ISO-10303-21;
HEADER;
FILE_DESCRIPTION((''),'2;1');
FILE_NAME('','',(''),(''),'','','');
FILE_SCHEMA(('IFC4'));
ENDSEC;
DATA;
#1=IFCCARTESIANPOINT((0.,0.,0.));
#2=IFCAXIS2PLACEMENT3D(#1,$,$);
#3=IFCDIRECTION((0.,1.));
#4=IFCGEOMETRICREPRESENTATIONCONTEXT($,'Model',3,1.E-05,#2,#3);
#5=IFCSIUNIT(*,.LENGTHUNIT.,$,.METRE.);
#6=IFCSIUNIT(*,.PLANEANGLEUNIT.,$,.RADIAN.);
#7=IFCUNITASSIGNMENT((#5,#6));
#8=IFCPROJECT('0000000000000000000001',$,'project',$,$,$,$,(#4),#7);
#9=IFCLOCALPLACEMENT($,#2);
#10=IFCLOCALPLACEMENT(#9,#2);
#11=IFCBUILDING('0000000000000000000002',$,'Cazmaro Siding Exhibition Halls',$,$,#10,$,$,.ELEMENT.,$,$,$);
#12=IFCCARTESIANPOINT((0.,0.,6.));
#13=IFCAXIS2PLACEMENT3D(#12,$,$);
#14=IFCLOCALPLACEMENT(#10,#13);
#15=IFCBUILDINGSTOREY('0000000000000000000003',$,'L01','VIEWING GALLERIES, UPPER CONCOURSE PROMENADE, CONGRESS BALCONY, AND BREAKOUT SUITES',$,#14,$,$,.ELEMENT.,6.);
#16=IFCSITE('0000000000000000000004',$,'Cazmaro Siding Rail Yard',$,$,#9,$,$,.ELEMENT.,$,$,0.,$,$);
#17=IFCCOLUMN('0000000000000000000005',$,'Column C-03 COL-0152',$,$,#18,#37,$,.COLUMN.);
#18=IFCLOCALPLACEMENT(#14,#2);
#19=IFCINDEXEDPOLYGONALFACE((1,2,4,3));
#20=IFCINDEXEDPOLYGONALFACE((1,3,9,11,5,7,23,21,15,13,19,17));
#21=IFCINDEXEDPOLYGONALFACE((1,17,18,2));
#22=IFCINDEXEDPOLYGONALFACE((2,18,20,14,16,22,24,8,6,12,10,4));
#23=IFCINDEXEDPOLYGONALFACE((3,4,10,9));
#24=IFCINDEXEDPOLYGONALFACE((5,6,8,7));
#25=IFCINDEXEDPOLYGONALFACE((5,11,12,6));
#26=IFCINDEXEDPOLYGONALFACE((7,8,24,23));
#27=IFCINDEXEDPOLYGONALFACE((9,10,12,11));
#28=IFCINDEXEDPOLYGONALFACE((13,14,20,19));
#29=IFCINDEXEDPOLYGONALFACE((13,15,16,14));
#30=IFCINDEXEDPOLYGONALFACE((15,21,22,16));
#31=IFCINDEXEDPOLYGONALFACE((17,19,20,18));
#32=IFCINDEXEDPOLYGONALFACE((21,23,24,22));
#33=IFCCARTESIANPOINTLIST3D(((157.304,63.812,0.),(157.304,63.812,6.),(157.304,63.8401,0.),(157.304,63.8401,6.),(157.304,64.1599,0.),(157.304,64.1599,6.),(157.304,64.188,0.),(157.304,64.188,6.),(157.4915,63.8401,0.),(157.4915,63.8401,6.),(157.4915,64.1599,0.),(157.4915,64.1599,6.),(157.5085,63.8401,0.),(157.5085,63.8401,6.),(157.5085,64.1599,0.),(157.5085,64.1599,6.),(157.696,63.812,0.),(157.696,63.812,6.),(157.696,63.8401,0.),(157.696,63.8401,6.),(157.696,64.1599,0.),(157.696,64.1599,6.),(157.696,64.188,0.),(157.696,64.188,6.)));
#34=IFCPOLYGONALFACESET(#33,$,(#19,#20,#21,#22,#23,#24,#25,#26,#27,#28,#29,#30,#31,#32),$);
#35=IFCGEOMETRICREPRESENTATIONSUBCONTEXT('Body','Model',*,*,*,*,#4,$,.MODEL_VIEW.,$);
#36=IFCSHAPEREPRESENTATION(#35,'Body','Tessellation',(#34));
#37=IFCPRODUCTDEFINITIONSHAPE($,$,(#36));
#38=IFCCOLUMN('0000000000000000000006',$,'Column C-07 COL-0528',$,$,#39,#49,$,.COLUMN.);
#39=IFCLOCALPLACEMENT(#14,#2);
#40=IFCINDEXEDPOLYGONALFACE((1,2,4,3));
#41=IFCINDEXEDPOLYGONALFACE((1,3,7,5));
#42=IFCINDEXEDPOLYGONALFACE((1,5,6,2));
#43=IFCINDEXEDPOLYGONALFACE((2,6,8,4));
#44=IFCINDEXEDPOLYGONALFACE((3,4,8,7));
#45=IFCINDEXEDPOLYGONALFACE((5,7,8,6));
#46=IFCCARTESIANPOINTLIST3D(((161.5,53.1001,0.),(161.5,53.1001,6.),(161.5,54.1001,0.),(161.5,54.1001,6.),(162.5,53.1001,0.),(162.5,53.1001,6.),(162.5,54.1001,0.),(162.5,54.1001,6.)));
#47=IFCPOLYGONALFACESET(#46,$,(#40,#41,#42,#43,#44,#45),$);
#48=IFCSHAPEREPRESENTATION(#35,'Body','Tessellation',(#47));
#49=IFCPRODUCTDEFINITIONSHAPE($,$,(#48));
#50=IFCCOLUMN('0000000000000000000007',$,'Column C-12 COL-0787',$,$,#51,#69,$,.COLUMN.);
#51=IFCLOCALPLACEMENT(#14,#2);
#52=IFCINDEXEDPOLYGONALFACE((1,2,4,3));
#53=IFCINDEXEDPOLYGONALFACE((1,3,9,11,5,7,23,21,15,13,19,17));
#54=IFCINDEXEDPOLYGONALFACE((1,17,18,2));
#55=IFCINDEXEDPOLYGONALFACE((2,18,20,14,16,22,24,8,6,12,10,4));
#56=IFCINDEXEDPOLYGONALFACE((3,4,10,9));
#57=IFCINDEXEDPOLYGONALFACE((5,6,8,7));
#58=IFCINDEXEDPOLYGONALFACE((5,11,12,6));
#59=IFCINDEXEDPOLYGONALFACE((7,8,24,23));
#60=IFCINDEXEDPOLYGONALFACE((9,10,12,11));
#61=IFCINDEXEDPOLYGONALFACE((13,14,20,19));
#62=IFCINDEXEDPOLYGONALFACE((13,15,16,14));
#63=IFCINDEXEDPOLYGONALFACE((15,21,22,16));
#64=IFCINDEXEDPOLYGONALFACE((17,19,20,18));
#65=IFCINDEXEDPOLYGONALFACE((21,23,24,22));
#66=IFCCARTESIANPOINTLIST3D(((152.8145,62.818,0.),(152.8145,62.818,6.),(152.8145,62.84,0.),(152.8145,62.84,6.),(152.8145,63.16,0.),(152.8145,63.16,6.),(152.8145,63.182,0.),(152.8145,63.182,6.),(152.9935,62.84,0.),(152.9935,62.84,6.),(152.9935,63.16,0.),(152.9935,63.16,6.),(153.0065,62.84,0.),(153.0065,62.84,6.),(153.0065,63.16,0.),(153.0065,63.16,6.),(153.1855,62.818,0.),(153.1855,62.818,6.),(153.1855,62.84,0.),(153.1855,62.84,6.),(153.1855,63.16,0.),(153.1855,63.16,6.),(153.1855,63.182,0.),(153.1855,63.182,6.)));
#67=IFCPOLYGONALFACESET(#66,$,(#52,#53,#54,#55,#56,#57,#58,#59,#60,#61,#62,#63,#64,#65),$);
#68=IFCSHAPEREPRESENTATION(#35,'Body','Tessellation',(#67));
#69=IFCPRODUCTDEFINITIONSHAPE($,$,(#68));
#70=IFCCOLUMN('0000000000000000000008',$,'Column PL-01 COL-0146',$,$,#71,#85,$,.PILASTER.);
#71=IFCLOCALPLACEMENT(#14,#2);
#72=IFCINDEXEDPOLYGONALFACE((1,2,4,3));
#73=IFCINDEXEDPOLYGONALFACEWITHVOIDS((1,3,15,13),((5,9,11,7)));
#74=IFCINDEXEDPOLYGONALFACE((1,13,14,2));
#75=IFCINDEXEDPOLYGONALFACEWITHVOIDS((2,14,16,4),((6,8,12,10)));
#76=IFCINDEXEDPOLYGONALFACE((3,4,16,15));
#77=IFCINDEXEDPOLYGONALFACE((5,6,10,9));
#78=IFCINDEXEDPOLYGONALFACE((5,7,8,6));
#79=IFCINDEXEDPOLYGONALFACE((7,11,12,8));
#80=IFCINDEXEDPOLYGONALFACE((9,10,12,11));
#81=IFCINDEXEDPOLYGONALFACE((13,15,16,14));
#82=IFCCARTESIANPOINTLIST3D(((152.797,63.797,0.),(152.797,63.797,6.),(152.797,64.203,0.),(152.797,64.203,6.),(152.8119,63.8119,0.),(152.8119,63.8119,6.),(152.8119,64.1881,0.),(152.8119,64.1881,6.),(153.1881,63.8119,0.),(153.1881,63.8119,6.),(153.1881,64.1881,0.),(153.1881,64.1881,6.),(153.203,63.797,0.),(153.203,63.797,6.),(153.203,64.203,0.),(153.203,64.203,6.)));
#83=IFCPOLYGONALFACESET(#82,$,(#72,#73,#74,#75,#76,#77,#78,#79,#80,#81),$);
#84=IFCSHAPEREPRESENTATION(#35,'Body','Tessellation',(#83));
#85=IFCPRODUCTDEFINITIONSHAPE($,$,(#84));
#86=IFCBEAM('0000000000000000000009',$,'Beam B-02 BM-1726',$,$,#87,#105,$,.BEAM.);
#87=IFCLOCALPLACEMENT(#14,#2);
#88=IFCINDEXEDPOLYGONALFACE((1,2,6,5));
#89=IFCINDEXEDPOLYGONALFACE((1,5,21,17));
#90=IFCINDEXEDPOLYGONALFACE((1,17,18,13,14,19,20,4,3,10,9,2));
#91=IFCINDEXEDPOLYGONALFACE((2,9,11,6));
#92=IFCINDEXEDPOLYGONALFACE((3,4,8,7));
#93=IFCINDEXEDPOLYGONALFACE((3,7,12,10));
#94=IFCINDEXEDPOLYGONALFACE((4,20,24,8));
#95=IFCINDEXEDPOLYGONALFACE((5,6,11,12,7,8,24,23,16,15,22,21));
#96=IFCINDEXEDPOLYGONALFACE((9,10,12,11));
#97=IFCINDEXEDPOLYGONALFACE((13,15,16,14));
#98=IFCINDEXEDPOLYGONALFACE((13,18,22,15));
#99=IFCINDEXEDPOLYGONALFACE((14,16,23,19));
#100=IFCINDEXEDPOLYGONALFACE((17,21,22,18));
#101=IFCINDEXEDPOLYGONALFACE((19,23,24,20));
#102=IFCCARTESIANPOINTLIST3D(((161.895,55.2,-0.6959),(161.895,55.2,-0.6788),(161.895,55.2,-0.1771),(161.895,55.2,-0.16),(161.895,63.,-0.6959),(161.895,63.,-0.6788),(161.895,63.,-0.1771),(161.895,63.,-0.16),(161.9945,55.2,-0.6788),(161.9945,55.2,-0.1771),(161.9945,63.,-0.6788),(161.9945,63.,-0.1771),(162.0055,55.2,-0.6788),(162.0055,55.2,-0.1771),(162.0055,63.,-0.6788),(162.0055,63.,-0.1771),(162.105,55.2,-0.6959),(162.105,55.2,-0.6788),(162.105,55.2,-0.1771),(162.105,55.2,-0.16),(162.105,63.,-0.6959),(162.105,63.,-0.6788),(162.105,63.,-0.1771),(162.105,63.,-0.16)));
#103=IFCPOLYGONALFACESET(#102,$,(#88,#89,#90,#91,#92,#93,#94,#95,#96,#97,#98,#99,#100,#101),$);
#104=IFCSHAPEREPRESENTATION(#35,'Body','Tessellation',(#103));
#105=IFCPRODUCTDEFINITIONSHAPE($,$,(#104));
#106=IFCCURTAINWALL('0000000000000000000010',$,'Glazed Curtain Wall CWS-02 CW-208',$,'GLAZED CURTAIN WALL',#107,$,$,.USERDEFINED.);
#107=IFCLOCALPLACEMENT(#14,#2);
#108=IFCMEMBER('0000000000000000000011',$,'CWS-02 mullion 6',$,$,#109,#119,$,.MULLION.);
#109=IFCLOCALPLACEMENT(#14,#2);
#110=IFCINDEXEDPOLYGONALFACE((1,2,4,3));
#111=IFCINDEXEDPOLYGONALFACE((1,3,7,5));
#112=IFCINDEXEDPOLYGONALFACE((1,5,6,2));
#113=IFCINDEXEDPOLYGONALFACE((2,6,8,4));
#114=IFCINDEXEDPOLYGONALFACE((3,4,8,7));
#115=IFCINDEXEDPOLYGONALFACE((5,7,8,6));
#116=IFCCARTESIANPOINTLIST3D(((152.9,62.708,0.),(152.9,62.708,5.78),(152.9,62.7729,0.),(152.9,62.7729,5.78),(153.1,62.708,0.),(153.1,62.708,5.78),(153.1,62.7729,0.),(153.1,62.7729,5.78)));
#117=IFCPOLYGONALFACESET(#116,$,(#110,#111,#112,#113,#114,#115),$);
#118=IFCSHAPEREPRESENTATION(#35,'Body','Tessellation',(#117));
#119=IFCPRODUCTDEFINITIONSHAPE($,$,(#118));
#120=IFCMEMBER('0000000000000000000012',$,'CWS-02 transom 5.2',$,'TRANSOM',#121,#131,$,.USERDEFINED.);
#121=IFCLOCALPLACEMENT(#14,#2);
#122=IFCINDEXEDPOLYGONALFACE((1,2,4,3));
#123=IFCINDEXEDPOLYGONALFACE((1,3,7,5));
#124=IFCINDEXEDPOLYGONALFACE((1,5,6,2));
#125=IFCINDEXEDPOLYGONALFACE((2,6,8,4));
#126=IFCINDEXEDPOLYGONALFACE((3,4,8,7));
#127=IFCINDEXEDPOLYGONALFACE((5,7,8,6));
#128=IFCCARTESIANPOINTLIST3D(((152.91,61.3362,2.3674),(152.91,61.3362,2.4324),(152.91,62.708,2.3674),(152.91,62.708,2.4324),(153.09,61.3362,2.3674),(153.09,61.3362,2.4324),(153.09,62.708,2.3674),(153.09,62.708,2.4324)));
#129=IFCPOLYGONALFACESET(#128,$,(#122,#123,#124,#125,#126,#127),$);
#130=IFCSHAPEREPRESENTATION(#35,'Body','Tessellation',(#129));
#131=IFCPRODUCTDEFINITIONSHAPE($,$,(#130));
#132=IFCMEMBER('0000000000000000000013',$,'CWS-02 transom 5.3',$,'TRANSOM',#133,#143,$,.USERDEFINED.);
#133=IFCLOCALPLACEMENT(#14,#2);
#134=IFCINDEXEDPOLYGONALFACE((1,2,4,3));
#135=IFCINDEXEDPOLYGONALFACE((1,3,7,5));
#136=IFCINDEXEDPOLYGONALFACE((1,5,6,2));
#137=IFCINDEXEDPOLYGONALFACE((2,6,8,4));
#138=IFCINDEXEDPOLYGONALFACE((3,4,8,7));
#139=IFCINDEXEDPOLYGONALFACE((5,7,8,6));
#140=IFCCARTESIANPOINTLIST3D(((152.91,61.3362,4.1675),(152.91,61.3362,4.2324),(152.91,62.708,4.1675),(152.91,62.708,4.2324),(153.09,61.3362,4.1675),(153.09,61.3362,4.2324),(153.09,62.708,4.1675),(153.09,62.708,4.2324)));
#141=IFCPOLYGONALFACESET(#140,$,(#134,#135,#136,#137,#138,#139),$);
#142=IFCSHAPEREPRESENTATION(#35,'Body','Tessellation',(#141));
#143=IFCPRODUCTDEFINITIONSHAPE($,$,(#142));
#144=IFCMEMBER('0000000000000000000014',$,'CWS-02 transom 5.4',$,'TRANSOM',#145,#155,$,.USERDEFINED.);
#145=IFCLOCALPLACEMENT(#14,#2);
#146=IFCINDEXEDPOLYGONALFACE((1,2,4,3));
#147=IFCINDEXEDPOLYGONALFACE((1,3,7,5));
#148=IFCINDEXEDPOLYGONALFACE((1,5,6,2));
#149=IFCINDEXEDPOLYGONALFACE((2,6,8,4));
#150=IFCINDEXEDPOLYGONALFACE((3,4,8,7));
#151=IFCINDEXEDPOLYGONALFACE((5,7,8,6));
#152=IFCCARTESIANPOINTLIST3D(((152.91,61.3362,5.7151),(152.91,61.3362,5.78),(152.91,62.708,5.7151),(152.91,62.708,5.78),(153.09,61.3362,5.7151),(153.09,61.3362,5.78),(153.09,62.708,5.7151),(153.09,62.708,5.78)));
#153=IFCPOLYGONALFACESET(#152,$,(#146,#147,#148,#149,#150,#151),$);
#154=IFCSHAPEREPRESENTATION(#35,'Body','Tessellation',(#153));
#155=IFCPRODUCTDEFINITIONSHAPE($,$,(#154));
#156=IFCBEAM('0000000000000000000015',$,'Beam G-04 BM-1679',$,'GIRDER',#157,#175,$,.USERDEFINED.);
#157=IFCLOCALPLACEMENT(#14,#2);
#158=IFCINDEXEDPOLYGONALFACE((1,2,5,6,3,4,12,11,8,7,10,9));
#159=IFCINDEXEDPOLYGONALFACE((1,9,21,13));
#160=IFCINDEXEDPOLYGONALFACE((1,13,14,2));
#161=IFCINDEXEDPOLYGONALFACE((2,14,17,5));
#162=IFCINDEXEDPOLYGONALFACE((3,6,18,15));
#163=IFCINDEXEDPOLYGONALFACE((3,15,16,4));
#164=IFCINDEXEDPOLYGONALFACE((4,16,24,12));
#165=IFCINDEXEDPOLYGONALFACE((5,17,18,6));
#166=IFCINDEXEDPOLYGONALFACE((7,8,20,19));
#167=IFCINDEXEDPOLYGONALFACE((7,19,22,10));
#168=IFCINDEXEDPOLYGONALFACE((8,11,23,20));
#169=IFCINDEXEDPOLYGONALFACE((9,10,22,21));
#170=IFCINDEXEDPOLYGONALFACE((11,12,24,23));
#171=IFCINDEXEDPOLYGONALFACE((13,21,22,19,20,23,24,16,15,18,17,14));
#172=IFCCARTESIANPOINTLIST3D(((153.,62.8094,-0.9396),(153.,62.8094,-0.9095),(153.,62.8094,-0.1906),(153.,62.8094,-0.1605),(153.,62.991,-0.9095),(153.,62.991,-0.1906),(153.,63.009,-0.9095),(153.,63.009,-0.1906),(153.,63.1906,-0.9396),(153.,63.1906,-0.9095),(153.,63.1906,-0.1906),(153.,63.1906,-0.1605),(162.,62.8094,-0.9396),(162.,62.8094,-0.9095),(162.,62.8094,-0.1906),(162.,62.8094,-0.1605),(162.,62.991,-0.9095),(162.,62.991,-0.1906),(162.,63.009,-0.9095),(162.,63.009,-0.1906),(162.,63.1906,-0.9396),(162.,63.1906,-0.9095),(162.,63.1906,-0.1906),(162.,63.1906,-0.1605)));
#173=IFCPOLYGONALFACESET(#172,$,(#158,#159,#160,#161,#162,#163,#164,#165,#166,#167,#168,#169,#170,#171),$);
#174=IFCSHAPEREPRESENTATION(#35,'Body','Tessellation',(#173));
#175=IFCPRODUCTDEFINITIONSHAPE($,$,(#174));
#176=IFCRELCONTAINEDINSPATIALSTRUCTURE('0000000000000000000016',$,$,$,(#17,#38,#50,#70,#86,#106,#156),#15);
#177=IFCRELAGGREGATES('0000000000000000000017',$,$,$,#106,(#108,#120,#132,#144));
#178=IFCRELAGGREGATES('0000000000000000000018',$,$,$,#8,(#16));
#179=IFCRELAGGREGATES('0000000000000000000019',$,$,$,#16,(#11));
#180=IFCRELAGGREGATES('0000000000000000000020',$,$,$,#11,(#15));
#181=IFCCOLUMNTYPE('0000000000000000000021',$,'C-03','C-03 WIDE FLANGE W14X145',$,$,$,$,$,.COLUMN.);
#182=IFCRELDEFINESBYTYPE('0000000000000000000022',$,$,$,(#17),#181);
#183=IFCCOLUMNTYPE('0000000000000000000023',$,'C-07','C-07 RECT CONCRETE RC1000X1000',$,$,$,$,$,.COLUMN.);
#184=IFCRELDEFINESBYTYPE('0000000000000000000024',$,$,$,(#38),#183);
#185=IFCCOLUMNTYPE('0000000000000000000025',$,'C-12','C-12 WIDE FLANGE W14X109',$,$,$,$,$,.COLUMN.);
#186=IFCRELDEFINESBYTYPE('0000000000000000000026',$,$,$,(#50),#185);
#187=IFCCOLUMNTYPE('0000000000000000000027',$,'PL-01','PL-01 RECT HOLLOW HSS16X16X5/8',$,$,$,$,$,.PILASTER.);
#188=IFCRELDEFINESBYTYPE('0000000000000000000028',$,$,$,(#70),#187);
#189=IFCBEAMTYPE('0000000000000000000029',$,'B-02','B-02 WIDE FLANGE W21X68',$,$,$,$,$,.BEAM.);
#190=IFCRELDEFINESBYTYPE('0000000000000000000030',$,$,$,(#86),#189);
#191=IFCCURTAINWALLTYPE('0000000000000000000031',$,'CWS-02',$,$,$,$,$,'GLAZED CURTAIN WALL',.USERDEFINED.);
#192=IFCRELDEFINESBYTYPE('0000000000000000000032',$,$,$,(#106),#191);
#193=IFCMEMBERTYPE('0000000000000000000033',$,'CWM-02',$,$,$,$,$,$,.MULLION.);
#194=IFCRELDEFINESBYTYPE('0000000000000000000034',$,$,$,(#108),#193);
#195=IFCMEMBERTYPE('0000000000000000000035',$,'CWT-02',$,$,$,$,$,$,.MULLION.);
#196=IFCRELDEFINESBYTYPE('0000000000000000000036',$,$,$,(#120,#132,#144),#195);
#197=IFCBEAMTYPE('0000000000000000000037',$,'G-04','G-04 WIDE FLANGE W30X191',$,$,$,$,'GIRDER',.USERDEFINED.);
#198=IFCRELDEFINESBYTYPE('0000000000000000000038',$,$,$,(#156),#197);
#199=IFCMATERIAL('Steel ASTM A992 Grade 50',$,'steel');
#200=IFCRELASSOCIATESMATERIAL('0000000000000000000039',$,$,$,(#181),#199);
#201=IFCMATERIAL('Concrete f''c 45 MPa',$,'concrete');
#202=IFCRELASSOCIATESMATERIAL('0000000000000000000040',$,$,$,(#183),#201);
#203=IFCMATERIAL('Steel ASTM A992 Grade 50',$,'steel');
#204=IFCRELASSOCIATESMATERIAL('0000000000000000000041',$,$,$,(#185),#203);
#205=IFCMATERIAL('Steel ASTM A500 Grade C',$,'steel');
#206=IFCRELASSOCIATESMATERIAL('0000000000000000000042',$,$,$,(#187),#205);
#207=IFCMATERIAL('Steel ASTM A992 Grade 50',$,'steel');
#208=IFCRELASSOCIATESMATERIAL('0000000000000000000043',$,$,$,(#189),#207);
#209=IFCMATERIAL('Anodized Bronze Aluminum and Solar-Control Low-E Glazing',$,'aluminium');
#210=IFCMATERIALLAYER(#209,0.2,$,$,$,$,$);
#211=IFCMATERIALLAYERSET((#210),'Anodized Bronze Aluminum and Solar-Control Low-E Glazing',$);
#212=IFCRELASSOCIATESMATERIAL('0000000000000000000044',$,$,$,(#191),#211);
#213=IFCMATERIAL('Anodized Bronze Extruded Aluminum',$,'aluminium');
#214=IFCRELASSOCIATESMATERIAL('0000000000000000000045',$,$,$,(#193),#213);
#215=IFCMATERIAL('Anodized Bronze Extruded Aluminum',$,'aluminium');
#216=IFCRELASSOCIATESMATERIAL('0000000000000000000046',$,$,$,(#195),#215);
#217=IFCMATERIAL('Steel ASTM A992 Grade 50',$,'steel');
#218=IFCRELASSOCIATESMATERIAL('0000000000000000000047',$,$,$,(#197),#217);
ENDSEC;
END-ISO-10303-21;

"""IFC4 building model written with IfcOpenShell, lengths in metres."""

from ifc_helpers import new_model, si_unit, direction, frame, origin, origin_2d, place, context, subcontext, project, spatial, rectangle, hollow_rectangle, i_section, extrude, material, layer, layer_set, material_profile, profile_set, type_object, element, aggregate, save


model = new_model("IFC4")

# Units and contexts
model_context = context("Model", 3, precision=1e-05, world=origin(), true_north=direction((0.0, 1.0)))
body_context = subcontext(model_context, "Body", "Model", "MODEL_VIEW")
ifc_project = project(units=[si_unit("LENGTHUNIT", "METRE"), si_unit("PLANEANGLEUNIT", "RADIAN")], contexts=[model_context])

# Site, building, storey
site_placement = place(None, origin())
site = spatial("IfcSite", under=ifc_project, at=site_placement, Name="Cazmaro Siding Rail Yard", CompositionType="ELEMENT", RefElevation=0.0)
building_placement = place(site_placement, origin())
building = spatial("IfcBuilding", under=site, at=building_placement, Name="Cazmaro Siding Exhibition Halls", CompositionType="ELEMENT")
storey_placement = place(building_placement, frame((0.0, 0.0, 6.0)))
storey = spatial("IfcBuildingStorey", under=building, at=storey_placement, Name="L01", Description="VIEWING GALLERIES, UPPER CONCOURSE PROMENADE, CONGRESS BALCONY, AND BREAKOUT SUITES", CompositionType="ELEMENT", Elevation=6.0)

# Columns
ifc_material_1 = material(Name="Steel ASTM A992 Grade 50", Category="steel")
ifc_material_profile_1 = material_profile(ifc_material_1, i_section(OverallWidth=0.3921, OverallDepth=0.376, WebThickness=0.0171, FlangeThickness=0.0281, at=origin_2d()), Name="W14X145")
ifc_profile_set_1 = profile_set([ifc_material_profile_1], Name="Steel ASTM A992 Grade 50")
column_type_1 = type_object("IfcColumnType", Name="C-03", Description="C-03 WIDE FLANGE W14X145", PredefinedType="COLUMN", material=ifc_profile_set_1)
column_1_placement = place(storey_placement, frame((157.5, 64.0, 0.0), z_axis=(0.0, 0.0, 1.0), x_axis=(1.0, 0.0, 0.0)))
element("IfcColumn", 1, at=column_1_placement, inside=storey, type_object=column_type_1, Name="Column C-03 COL-0152", PredefinedType="COLUMN", context=body_context, shape_type="SweptSolid", body=[
    extrude(i_section(OverallWidth=0.3921, OverallDepth=0.376, WebThickness=0.0171, FlangeThickness=0.0281, at=origin_2d()), origin(), (0.0, 0.0, 1.0), 6.0),
])
ifc_material_2 = material(Name="Concrete f'c 45 MPa", Category="concrete")
ifc_material_profile_2 = material_profile(ifc_material_2, rectangle(XDim=1.0, YDim=1.0, at=origin_2d()), Name="RC1000X1000")
ifc_profile_set_2 = profile_set([ifc_material_profile_2], Name="Concrete f'c 45 MPa")
column_type_2 = type_object("IfcColumnType", Name="C-07", Description="C-07 RECT CONCRETE RC1000X1000", PredefinedType="COLUMN", material=ifc_profile_set_2)
column_2_placement = place(storey_placement, frame((162.0, 53.6001, 0.0), z_axis=(0.0, 0.0, 1.0), x_axis=(1.0, 0.0, 0.0)))
element("IfcColumn", 2, at=column_2_placement, inside=storey, type_object=column_type_2, Name="Column C-07 COL-0528", PredefinedType="COLUMN", context=body_context, shape_type="SweptSolid", body=[
    extrude(rectangle(XDim=1.0, YDim=1.0, at=origin_2d()), origin(), (0.0, 0.0, 1.0), 6.0),
])
ifc_material_3 = material(Name="Steel ASTM A992 Grade 50", Category="steel")
ifc_material_profile_3 = material_profile(ifc_material_3, i_section(OverallWidth=0.3711, OverallDepth=0.364, WebThickness=0.0129, FlangeThickness=0.022, at=origin_2d()), Name="W14X109")
ifc_profile_set_3 = profile_set([ifc_material_profile_3], Name="Steel ASTM A992 Grade 50")
column_type_3 = type_object("IfcColumnType", Name="C-12", Description="C-12 WIDE FLANGE W14X109", PredefinedType="COLUMN", material=ifc_profile_set_3)
column_3_placement = place(storey_placement, frame((153.0, 63.0, 0.0), z_axis=(0.0, 0.0, 1.0), x_axis=(1.0, 0.0, 0.0)))
element("IfcColumn", 3, at=column_3_placement, inside=storey, type_object=column_type_3, Name="Column C-12 COL-0787", PredefinedType="COLUMN", context=body_context, shape_type="SweptSolid", body=[
    extrude(i_section(OverallWidth=0.3711, OverallDepth=0.364, WebThickness=0.0129, FlangeThickness=0.022, at=origin_2d()), origin(), (0.0, 0.0, 1.0), 6.0),
])
ifc_material_4 = material(Name="Steel ASTM A500 Grade C", Category="steel")
ifc_material_profile_4 = material_profile(ifc_material_4, hollow_rectangle(XDim=0.406, YDim=0.406, WallThickness=0.0149, at=origin_2d()), Name="HSS16X16X5/8")
ifc_profile_set_4 = profile_set([ifc_material_profile_4], Name="Steel ASTM A500 Grade C")
column_type_4 = type_object("IfcColumnType", Name="PL-01", Description="PL-01 RECT HOLLOW HSS16X16X5/8", PredefinedType="PILASTER", material=ifc_profile_set_4)
column_4_placement = place(storey_placement, frame((153.0, 64.0, 0.0), z_axis=(0.0, 0.0, 1.0), x_axis=(1.0, 0.0, 0.0)))
element("IfcColumn", 4, at=column_4_placement, inside=storey, type_object=column_type_4, Name="Column PL-01 COL-0146", PredefinedType="PILASTER", context=body_context, shape_type="SweptSolid", body=[
    extrude(hollow_rectangle(XDim=0.406, YDim=0.406, WallThickness=0.0149, at=origin_2d()), origin(), (0.0, 0.0, 1.0), 6.0),
])

# Beam
ifc_material_5 = material(Name="Steel ASTM A992 Grade 50", Category="steel")
ifc_material_profile_5 = material_profile(ifc_material_5, i_section(OverallWidth=0.21, OverallDepth=0.5359, WebThickness=0.011, FlangeThickness=0.0171, at=origin_2d()), Name="W21X68")
ifc_profile_set_5 = profile_set([ifc_material_profile_5], Name="Steel ASTM A992 Grade 50")
beam_type_1 = type_object("IfcBeamType", Name="B-02", Description="B-02 WIDE FLANGE W21X68", PredefinedType="BEAM", material=ifc_profile_set_5)
beam_1_placement = place(storey_placement, frame((162.0, 55.2, -0.428), z_axis=(0.0, 1.0, 0.0), x_axis=(-1.0, 0.0, 0.0)))
element("IfcBeam", 5, at=beam_1_placement, inside=storey, type_object=beam_type_1, Name="Beam B-02 BM-1726", PredefinedType="BEAM", context=body_context, shape_type="SweptSolid", body=[
    extrude(i_section(OverallWidth=0.21, OverallDepth=0.5359, WebThickness=0.011, FlangeThickness=0.0171, at=origin_2d()), origin(), (0.0, 0.0, 1.0), 7.8),
])

# Curtain wall, members
ifc_material_6 = material(Name="Anodized Bronze Aluminum and Solar-Control Low-E Glazing", Category="aluminium")
ifc_layer_1 = layer(ifc_material_6, 0.2)
ifc_layer_set_1 = layer_set([ifc_layer_1], Name="Anodized Bronze Aluminum and Solar-Control Low-E Glazing")
curtain_wall_type = type_object("IfcCurtainWallType", Name="CWS-02", ElementType="GLAZED CURTAIN WALL", PredefinedType="USERDEFINED", material=ifc_layer_set_1)
curtain_wall_placement = place(storey_placement, origin())
curtain_wall = element("IfcCurtainWall", 6, at=curtain_wall_placement, inside=storey, type_object=curtain_wall_type, Name="Glazed Curtain Wall CWS-02 CW-208", ObjectType="GLAZED CURTAIN WALL", PredefinedType="USERDEFINED")
ifc_material_7 = material(Name="Anodized Bronze Extruded Aluminum", Category="aluminium")
ifc_material_profile_6 = material_profile(ifc_material_7, rectangle(XDim=0.2, YDim=0.0649, at=origin_2d()), Name="CWM-02")
ifc_profile_set_6 = profile_set([ifc_material_profile_6], Name="Anodized Bronze Extruded Aluminum")
member_type_1 = type_object("IfcMemberType", Name="CWM-02", PredefinedType="MULLION", material=ifc_profile_set_6)
member_1_placement = place(storey_placement, frame((153.0, 62.7405, 0.0), z_axis=(0.0, 0.0, 1.0), x_axis=(-1.0, 0.0, 0.0)))
member_1 = element("IfcMember", 7, at=member_1_placement, type_object=member_type_1, Name="CWS-02 mullion 6", PredefinedType="MULLION", context=body_context, shape_type="SweptSolid", body=[
    extrude(rectangle(XDim=0.2, YDim=0.0649, at=origin_2d()), origin(), (0.0, 0.0, 1.0), 5.78),
])
ifc_material_8 = material(Name="Anodized Bronze Extruded Aluminum", Category="aluminium")
ifc_material_profile_7 = material_profile(ifc_material_8, rectangle(XDim=0.1799, YDim=0.0649, at=origin_2d()), Name="CWT-02")
ifc_profile_set_7 = profile_set([ifc_material_profile_7], Name="Anodized Bronze Extruded Aluminum")
member_type_2 = type_object("IfcMemberType", Name="CWT-02", PredefinedType="MULLION", material=ifc_profile_set_7)
member_2_placement = place(storey_placement, frame((153.0, 61.3362, 2.3999), z_axis=(0.0, 1.0, 0.0), x_axis=(-1.0, 0.0, 0.0)))
member_2 = element("IfcMember", 8, at=member_2_placement, type_object=member_type_2, Name="CWS-02 transom 5.2", ObjectType="TRANSOM", PredefinedType="USERDEFINED", context=body_context, shape_type="SweptSolid", body=[
    extrude(rectangle(XDim=0.1799, YDim=0.0649, at=origin_2d()), origin(), (0.0, 0.0, 1.0), 1.3718),
])
member_3_placement = place(storey_placement, frame((153.0, 61.3362, 4.2), z_axis=(0.0, 1.0, 0.0), x_axis=(-1.0, 0.0, 0.0)))
member_3 = element("IfcMember", 9, at=member_3_placement, type_object=member_type_2, Name="CWS-02 transom 5.3", ObjectType="TRANSOM", PredefinedType="USERDEFINED", context=body_context, shape_type="SweptSolid", body=[
    extrude(rectangle(XDim=0.1799, YDim=0.0649, at=origin_2d()), origin(), (0.0, 0.0, 1.0), 1.3718),
])
member_4_placement = place(storey_placement, frame((153.0, 61.3362, 5.7476), z_axis=(0.0, 1.0, 0.0), x_axis=(-1.0, 0.0, 0.0)))
member_4 = element("IfcMember", 10, at=member_4_placement, type_object=member_type_2, Name="CWS-02 transom 5.4", ObjectType="TRANSOM", PredefinedType="USERDEFINED", context=body_context, shape_type="SweptSolid", body=[
    extrude(rectangle(XDim=0.1799, YDim=0.0649, at=origin_2d()), origin(), (0.0, 0.0, 1.0), 1.3718),
])

# Beam
ifc_material_9 = material(Name="Steel ASTM A992 Grade 50", Category="steel")
ifc_material_profile_8 = material_profile(ifc_material_9, i_section(OverallWidth=0.3811, OverallDepth=0.7791, WebThickness=0.0181, FlangeThickness=0.03, at=origin_2d()), Name="W30X191")
ifc_profile_set_8 = profile_set([ifc_material_profile_8], Name="Steel ASTM A992 Grade 50")
beam_type_2 = type_object("IfcBeamType", Name="G-04", Description="G-04 WIDE FLANGE W30X191", ElementType="GIRDER", PredefinedType="USERDEFINED", material=ifc_profile_set_8)
beam_2_placement = place(storey_placement, frame((153.0, 63.0, -0.55), z_axis=(1.0, 0.0, 0.0), x_axis=(0.0, 1.0, 0.0)))
element("IfcBeam", 11, at=beam_2_placement, inside=storey, type_object=beam_type_2, Name="Beam G-04 BM-1679", ObjectType="GIRDER", PredefinedType="USERDEFINED", context=body_context, shape_type="SweptSolid", body=[
    extrude(i_section(OverallWidth=0.3811, OverallDepth=0.7791, WebThickness=0.0181, FlangeThickness=0.03, at=origin_2d()), origin(), (0.0, 0.0, 1.0), 9.0),
])

aggregate(curtain_wall, [member_1, member_2, member_3, member_4])

save(model, "model.ifc")
